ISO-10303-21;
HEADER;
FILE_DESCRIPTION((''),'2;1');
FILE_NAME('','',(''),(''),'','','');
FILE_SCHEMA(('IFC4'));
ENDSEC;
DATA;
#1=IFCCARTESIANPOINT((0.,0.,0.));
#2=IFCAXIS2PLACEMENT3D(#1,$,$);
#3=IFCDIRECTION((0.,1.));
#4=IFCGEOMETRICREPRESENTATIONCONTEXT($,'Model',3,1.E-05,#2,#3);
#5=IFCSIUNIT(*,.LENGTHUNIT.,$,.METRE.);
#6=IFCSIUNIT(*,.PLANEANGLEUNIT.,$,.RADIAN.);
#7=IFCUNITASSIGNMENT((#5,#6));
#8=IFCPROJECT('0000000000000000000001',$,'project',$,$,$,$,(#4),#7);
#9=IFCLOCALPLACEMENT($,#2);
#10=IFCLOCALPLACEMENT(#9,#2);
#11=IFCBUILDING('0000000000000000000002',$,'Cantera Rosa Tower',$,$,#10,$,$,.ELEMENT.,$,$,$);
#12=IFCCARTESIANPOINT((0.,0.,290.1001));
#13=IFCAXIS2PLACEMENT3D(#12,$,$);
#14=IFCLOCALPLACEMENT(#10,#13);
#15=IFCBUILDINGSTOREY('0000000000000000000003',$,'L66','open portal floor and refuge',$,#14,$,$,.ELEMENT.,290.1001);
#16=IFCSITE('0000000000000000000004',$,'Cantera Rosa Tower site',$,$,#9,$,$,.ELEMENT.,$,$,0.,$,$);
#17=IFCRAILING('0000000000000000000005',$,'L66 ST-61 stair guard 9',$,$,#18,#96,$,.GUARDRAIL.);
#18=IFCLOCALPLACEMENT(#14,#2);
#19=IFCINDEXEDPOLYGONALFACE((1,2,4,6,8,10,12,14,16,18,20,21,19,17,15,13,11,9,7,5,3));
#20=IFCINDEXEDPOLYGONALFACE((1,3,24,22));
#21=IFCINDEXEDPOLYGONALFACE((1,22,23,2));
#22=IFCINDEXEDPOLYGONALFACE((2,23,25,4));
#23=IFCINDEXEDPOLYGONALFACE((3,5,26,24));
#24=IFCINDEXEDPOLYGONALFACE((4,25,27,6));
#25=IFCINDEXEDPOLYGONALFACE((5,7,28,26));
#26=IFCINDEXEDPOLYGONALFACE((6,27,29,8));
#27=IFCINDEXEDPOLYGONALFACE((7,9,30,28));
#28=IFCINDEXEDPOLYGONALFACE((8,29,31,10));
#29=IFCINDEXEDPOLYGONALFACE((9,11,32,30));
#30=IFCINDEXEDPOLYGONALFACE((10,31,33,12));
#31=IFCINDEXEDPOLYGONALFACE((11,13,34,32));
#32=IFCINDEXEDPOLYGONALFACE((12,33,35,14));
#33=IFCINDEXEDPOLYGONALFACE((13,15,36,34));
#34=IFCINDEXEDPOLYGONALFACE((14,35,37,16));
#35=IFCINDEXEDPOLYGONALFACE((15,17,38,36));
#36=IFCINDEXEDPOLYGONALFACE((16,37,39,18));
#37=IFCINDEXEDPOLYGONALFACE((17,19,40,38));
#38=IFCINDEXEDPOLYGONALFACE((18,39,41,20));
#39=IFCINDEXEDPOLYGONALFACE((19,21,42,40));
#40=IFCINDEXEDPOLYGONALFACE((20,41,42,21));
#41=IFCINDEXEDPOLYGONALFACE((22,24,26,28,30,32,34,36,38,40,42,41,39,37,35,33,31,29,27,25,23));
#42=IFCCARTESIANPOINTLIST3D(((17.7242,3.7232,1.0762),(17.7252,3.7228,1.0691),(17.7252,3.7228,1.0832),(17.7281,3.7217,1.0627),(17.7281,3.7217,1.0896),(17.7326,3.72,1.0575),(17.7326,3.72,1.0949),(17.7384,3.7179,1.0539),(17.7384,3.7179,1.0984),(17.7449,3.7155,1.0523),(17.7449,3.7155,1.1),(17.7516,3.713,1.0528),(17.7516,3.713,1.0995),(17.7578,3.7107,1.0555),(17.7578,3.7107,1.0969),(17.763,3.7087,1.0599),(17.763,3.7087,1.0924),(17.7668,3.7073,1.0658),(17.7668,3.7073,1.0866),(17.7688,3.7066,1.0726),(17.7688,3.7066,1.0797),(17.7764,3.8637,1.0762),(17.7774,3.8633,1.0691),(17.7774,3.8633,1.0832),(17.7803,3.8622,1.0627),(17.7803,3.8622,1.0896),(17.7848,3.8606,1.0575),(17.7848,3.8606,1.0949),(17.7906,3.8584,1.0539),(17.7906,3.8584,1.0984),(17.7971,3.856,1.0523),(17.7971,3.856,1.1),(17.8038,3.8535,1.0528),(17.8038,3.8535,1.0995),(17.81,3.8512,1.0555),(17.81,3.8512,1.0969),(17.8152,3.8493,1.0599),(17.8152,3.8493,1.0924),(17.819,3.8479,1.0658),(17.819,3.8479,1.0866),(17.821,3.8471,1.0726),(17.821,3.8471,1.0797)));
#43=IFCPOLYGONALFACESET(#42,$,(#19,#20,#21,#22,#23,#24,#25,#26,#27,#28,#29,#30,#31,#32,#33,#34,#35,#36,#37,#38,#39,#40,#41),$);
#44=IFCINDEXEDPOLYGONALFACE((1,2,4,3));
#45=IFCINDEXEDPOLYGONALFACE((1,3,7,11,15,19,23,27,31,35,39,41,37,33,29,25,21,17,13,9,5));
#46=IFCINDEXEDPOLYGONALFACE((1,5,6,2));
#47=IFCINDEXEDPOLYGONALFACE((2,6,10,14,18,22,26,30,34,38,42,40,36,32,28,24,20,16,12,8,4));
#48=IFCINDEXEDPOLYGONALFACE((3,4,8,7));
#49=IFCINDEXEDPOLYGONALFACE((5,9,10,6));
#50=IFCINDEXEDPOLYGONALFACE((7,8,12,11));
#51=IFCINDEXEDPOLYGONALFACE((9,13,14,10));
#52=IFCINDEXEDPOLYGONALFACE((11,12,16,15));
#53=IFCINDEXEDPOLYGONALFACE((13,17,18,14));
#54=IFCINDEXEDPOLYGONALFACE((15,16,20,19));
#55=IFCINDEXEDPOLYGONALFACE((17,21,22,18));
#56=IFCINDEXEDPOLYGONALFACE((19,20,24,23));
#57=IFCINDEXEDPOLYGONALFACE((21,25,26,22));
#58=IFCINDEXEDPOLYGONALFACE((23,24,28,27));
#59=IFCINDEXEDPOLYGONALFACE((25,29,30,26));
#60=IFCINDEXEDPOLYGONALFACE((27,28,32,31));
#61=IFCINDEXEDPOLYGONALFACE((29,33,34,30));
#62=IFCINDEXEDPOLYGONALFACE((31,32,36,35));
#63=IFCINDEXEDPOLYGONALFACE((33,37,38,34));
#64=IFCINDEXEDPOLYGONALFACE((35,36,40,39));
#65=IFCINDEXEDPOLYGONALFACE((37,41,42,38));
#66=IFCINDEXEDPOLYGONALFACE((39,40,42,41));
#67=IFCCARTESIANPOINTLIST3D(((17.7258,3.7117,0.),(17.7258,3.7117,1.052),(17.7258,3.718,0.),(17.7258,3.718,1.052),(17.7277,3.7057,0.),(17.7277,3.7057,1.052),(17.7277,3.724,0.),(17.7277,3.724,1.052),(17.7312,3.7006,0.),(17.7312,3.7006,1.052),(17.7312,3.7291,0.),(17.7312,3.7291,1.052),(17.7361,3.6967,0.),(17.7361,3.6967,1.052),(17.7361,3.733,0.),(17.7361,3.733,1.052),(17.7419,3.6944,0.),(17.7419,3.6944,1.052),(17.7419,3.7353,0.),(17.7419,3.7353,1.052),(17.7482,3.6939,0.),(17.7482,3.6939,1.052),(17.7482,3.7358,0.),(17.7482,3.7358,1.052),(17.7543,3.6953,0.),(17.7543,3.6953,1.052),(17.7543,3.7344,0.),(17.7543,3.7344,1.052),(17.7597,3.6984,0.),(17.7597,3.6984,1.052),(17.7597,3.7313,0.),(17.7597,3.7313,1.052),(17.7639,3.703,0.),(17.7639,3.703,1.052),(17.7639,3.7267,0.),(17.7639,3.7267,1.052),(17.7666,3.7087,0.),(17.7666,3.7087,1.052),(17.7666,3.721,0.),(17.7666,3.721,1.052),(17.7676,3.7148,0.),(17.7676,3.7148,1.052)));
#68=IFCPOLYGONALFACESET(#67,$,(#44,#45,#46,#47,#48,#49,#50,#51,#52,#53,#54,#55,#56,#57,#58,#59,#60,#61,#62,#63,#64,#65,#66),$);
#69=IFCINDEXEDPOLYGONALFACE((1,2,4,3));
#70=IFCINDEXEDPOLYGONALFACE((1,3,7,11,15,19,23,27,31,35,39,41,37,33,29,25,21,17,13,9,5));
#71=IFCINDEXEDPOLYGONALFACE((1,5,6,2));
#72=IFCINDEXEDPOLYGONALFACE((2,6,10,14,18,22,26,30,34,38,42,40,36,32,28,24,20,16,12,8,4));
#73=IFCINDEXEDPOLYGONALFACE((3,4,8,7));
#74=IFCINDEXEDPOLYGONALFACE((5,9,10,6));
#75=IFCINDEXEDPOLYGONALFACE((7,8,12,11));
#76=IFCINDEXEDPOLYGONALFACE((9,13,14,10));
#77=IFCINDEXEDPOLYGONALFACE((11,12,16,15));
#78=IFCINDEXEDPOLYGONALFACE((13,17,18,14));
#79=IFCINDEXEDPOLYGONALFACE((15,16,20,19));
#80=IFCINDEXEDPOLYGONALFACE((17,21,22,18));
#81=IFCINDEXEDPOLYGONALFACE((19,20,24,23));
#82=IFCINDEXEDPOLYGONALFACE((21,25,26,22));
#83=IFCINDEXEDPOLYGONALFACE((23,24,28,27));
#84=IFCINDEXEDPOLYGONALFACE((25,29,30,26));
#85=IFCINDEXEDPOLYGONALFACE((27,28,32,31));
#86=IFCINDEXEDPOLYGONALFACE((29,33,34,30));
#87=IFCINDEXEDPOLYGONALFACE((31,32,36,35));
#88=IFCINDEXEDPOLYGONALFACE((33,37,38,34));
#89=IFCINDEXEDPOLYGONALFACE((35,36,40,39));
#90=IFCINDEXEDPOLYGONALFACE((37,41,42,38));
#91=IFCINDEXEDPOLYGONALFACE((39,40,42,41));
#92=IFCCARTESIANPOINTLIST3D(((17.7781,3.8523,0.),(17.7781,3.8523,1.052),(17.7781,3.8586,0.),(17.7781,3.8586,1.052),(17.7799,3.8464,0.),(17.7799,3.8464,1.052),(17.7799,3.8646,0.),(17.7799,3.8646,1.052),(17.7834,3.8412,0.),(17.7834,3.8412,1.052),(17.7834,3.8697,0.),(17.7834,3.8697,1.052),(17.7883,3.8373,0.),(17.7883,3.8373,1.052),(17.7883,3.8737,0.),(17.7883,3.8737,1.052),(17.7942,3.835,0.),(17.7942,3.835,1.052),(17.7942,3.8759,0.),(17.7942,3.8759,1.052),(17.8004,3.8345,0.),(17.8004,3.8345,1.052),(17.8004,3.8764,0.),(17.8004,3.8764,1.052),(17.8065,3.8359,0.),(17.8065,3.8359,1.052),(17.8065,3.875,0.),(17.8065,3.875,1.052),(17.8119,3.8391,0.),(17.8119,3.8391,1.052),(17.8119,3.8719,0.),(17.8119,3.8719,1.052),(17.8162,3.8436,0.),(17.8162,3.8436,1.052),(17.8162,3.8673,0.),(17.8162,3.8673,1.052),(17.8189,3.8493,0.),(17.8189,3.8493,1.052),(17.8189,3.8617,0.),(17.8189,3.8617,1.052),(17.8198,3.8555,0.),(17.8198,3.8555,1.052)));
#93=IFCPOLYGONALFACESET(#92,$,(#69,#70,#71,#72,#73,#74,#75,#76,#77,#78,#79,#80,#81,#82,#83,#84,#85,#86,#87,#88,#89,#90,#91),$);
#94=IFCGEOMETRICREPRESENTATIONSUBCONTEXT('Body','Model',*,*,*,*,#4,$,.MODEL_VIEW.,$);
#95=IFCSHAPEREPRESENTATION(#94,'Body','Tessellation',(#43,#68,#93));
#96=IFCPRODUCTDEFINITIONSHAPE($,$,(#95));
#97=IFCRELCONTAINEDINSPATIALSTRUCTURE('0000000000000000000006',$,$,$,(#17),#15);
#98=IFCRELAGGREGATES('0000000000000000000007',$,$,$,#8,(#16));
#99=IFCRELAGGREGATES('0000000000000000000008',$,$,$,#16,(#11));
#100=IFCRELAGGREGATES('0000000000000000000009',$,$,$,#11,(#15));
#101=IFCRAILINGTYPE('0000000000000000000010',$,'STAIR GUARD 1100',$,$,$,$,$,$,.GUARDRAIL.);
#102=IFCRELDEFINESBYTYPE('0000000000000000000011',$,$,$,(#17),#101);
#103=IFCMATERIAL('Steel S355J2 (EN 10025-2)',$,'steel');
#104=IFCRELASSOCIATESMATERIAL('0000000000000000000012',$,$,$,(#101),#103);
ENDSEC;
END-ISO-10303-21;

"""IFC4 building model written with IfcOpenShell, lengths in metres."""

from ifc_helpers import new_model, si_unit, direction, frame, origin, origin_2d, place, context, subcontext, project, spatial, circle, extrude, material, type_object, element, save


model = new_model("IFC4")

# Units and contexts
model_context = context("Model", 3, precision=1e-05, world=origin(), true_north=direction((0.0, 1.0)))
body_context = subcontext(model_context, "Body", "Model", "MODEL_VIEW")
ifc_project = project(units=[si_unit("LENGTHUNIT", "METRE"), si_unit("PLANEANGLEUNIT", "RADIAN")], contexts=[model_context])

# Site, building, storey
site_placement = place(None, origin())
site = spatial("IfcSite", under=ifc_project, at=site_placement, Name="Cantera Rosa Tower site", CompositionType="ELEMENT", RefElevation=0.0)
building_placement = place(site_placement, origin())
building = spatial("IfcBuilding", under=site, at=building_placement, Name="Cantera Rosa Tower", CompositionType="ELEMENT")
storey_placement = place(building_placement, frame((0.0, 0.0, 290.1001)))
storey = spatial("IfcBuildingStorey", under=building, at=storey_placement, Name="L66", Description="open portal floor and refuge", CompositionType="ELEMENT", Elevation=290.1001)

# Railing
ifc_material_1 = material(Name="Steel S355J2 (EN 10025-2)", Category="steel")
railing_type_1 = type_object("IfcRailingType", Name="STAIR GUARD 1100", PredefinedType="GUARDRAIL", material=ifc_material_1)
railing_1_placement = place(storey_placement, frame((17.7466, 3.7148, 0.0)))
element("IfcRailing", 1, at=railing_1_placement, inside=storey, type_object=railing_type_1, Name="L66 ST-61 stair guard 9", PredefinedType="GUARDRAIL", context=body_context, shape_type="SweptSolid", body=[
    extrude(circle(Radius=0.0239, at=origin_2d()), frame((0.0, 0.0, 1.0762), z_axis=(0.348268, 0.937395, 0.0), x_axis=(-0.937395, 0.348268, 0.0)), (0.0, 0.0, 1.0), 0.1499),
    extrude(circle(Radius=0.021, at=origin_2d()), origin(), (0.0, 0.0, 1.0), 1.052),
    extrude(circle(Radius=0.021, at=origin_2d()), frame((0.0522, 0.1406, 0.0)), (0.0, 0.0, 1.0), 1.052),
])

save(model, "model.ifc")
